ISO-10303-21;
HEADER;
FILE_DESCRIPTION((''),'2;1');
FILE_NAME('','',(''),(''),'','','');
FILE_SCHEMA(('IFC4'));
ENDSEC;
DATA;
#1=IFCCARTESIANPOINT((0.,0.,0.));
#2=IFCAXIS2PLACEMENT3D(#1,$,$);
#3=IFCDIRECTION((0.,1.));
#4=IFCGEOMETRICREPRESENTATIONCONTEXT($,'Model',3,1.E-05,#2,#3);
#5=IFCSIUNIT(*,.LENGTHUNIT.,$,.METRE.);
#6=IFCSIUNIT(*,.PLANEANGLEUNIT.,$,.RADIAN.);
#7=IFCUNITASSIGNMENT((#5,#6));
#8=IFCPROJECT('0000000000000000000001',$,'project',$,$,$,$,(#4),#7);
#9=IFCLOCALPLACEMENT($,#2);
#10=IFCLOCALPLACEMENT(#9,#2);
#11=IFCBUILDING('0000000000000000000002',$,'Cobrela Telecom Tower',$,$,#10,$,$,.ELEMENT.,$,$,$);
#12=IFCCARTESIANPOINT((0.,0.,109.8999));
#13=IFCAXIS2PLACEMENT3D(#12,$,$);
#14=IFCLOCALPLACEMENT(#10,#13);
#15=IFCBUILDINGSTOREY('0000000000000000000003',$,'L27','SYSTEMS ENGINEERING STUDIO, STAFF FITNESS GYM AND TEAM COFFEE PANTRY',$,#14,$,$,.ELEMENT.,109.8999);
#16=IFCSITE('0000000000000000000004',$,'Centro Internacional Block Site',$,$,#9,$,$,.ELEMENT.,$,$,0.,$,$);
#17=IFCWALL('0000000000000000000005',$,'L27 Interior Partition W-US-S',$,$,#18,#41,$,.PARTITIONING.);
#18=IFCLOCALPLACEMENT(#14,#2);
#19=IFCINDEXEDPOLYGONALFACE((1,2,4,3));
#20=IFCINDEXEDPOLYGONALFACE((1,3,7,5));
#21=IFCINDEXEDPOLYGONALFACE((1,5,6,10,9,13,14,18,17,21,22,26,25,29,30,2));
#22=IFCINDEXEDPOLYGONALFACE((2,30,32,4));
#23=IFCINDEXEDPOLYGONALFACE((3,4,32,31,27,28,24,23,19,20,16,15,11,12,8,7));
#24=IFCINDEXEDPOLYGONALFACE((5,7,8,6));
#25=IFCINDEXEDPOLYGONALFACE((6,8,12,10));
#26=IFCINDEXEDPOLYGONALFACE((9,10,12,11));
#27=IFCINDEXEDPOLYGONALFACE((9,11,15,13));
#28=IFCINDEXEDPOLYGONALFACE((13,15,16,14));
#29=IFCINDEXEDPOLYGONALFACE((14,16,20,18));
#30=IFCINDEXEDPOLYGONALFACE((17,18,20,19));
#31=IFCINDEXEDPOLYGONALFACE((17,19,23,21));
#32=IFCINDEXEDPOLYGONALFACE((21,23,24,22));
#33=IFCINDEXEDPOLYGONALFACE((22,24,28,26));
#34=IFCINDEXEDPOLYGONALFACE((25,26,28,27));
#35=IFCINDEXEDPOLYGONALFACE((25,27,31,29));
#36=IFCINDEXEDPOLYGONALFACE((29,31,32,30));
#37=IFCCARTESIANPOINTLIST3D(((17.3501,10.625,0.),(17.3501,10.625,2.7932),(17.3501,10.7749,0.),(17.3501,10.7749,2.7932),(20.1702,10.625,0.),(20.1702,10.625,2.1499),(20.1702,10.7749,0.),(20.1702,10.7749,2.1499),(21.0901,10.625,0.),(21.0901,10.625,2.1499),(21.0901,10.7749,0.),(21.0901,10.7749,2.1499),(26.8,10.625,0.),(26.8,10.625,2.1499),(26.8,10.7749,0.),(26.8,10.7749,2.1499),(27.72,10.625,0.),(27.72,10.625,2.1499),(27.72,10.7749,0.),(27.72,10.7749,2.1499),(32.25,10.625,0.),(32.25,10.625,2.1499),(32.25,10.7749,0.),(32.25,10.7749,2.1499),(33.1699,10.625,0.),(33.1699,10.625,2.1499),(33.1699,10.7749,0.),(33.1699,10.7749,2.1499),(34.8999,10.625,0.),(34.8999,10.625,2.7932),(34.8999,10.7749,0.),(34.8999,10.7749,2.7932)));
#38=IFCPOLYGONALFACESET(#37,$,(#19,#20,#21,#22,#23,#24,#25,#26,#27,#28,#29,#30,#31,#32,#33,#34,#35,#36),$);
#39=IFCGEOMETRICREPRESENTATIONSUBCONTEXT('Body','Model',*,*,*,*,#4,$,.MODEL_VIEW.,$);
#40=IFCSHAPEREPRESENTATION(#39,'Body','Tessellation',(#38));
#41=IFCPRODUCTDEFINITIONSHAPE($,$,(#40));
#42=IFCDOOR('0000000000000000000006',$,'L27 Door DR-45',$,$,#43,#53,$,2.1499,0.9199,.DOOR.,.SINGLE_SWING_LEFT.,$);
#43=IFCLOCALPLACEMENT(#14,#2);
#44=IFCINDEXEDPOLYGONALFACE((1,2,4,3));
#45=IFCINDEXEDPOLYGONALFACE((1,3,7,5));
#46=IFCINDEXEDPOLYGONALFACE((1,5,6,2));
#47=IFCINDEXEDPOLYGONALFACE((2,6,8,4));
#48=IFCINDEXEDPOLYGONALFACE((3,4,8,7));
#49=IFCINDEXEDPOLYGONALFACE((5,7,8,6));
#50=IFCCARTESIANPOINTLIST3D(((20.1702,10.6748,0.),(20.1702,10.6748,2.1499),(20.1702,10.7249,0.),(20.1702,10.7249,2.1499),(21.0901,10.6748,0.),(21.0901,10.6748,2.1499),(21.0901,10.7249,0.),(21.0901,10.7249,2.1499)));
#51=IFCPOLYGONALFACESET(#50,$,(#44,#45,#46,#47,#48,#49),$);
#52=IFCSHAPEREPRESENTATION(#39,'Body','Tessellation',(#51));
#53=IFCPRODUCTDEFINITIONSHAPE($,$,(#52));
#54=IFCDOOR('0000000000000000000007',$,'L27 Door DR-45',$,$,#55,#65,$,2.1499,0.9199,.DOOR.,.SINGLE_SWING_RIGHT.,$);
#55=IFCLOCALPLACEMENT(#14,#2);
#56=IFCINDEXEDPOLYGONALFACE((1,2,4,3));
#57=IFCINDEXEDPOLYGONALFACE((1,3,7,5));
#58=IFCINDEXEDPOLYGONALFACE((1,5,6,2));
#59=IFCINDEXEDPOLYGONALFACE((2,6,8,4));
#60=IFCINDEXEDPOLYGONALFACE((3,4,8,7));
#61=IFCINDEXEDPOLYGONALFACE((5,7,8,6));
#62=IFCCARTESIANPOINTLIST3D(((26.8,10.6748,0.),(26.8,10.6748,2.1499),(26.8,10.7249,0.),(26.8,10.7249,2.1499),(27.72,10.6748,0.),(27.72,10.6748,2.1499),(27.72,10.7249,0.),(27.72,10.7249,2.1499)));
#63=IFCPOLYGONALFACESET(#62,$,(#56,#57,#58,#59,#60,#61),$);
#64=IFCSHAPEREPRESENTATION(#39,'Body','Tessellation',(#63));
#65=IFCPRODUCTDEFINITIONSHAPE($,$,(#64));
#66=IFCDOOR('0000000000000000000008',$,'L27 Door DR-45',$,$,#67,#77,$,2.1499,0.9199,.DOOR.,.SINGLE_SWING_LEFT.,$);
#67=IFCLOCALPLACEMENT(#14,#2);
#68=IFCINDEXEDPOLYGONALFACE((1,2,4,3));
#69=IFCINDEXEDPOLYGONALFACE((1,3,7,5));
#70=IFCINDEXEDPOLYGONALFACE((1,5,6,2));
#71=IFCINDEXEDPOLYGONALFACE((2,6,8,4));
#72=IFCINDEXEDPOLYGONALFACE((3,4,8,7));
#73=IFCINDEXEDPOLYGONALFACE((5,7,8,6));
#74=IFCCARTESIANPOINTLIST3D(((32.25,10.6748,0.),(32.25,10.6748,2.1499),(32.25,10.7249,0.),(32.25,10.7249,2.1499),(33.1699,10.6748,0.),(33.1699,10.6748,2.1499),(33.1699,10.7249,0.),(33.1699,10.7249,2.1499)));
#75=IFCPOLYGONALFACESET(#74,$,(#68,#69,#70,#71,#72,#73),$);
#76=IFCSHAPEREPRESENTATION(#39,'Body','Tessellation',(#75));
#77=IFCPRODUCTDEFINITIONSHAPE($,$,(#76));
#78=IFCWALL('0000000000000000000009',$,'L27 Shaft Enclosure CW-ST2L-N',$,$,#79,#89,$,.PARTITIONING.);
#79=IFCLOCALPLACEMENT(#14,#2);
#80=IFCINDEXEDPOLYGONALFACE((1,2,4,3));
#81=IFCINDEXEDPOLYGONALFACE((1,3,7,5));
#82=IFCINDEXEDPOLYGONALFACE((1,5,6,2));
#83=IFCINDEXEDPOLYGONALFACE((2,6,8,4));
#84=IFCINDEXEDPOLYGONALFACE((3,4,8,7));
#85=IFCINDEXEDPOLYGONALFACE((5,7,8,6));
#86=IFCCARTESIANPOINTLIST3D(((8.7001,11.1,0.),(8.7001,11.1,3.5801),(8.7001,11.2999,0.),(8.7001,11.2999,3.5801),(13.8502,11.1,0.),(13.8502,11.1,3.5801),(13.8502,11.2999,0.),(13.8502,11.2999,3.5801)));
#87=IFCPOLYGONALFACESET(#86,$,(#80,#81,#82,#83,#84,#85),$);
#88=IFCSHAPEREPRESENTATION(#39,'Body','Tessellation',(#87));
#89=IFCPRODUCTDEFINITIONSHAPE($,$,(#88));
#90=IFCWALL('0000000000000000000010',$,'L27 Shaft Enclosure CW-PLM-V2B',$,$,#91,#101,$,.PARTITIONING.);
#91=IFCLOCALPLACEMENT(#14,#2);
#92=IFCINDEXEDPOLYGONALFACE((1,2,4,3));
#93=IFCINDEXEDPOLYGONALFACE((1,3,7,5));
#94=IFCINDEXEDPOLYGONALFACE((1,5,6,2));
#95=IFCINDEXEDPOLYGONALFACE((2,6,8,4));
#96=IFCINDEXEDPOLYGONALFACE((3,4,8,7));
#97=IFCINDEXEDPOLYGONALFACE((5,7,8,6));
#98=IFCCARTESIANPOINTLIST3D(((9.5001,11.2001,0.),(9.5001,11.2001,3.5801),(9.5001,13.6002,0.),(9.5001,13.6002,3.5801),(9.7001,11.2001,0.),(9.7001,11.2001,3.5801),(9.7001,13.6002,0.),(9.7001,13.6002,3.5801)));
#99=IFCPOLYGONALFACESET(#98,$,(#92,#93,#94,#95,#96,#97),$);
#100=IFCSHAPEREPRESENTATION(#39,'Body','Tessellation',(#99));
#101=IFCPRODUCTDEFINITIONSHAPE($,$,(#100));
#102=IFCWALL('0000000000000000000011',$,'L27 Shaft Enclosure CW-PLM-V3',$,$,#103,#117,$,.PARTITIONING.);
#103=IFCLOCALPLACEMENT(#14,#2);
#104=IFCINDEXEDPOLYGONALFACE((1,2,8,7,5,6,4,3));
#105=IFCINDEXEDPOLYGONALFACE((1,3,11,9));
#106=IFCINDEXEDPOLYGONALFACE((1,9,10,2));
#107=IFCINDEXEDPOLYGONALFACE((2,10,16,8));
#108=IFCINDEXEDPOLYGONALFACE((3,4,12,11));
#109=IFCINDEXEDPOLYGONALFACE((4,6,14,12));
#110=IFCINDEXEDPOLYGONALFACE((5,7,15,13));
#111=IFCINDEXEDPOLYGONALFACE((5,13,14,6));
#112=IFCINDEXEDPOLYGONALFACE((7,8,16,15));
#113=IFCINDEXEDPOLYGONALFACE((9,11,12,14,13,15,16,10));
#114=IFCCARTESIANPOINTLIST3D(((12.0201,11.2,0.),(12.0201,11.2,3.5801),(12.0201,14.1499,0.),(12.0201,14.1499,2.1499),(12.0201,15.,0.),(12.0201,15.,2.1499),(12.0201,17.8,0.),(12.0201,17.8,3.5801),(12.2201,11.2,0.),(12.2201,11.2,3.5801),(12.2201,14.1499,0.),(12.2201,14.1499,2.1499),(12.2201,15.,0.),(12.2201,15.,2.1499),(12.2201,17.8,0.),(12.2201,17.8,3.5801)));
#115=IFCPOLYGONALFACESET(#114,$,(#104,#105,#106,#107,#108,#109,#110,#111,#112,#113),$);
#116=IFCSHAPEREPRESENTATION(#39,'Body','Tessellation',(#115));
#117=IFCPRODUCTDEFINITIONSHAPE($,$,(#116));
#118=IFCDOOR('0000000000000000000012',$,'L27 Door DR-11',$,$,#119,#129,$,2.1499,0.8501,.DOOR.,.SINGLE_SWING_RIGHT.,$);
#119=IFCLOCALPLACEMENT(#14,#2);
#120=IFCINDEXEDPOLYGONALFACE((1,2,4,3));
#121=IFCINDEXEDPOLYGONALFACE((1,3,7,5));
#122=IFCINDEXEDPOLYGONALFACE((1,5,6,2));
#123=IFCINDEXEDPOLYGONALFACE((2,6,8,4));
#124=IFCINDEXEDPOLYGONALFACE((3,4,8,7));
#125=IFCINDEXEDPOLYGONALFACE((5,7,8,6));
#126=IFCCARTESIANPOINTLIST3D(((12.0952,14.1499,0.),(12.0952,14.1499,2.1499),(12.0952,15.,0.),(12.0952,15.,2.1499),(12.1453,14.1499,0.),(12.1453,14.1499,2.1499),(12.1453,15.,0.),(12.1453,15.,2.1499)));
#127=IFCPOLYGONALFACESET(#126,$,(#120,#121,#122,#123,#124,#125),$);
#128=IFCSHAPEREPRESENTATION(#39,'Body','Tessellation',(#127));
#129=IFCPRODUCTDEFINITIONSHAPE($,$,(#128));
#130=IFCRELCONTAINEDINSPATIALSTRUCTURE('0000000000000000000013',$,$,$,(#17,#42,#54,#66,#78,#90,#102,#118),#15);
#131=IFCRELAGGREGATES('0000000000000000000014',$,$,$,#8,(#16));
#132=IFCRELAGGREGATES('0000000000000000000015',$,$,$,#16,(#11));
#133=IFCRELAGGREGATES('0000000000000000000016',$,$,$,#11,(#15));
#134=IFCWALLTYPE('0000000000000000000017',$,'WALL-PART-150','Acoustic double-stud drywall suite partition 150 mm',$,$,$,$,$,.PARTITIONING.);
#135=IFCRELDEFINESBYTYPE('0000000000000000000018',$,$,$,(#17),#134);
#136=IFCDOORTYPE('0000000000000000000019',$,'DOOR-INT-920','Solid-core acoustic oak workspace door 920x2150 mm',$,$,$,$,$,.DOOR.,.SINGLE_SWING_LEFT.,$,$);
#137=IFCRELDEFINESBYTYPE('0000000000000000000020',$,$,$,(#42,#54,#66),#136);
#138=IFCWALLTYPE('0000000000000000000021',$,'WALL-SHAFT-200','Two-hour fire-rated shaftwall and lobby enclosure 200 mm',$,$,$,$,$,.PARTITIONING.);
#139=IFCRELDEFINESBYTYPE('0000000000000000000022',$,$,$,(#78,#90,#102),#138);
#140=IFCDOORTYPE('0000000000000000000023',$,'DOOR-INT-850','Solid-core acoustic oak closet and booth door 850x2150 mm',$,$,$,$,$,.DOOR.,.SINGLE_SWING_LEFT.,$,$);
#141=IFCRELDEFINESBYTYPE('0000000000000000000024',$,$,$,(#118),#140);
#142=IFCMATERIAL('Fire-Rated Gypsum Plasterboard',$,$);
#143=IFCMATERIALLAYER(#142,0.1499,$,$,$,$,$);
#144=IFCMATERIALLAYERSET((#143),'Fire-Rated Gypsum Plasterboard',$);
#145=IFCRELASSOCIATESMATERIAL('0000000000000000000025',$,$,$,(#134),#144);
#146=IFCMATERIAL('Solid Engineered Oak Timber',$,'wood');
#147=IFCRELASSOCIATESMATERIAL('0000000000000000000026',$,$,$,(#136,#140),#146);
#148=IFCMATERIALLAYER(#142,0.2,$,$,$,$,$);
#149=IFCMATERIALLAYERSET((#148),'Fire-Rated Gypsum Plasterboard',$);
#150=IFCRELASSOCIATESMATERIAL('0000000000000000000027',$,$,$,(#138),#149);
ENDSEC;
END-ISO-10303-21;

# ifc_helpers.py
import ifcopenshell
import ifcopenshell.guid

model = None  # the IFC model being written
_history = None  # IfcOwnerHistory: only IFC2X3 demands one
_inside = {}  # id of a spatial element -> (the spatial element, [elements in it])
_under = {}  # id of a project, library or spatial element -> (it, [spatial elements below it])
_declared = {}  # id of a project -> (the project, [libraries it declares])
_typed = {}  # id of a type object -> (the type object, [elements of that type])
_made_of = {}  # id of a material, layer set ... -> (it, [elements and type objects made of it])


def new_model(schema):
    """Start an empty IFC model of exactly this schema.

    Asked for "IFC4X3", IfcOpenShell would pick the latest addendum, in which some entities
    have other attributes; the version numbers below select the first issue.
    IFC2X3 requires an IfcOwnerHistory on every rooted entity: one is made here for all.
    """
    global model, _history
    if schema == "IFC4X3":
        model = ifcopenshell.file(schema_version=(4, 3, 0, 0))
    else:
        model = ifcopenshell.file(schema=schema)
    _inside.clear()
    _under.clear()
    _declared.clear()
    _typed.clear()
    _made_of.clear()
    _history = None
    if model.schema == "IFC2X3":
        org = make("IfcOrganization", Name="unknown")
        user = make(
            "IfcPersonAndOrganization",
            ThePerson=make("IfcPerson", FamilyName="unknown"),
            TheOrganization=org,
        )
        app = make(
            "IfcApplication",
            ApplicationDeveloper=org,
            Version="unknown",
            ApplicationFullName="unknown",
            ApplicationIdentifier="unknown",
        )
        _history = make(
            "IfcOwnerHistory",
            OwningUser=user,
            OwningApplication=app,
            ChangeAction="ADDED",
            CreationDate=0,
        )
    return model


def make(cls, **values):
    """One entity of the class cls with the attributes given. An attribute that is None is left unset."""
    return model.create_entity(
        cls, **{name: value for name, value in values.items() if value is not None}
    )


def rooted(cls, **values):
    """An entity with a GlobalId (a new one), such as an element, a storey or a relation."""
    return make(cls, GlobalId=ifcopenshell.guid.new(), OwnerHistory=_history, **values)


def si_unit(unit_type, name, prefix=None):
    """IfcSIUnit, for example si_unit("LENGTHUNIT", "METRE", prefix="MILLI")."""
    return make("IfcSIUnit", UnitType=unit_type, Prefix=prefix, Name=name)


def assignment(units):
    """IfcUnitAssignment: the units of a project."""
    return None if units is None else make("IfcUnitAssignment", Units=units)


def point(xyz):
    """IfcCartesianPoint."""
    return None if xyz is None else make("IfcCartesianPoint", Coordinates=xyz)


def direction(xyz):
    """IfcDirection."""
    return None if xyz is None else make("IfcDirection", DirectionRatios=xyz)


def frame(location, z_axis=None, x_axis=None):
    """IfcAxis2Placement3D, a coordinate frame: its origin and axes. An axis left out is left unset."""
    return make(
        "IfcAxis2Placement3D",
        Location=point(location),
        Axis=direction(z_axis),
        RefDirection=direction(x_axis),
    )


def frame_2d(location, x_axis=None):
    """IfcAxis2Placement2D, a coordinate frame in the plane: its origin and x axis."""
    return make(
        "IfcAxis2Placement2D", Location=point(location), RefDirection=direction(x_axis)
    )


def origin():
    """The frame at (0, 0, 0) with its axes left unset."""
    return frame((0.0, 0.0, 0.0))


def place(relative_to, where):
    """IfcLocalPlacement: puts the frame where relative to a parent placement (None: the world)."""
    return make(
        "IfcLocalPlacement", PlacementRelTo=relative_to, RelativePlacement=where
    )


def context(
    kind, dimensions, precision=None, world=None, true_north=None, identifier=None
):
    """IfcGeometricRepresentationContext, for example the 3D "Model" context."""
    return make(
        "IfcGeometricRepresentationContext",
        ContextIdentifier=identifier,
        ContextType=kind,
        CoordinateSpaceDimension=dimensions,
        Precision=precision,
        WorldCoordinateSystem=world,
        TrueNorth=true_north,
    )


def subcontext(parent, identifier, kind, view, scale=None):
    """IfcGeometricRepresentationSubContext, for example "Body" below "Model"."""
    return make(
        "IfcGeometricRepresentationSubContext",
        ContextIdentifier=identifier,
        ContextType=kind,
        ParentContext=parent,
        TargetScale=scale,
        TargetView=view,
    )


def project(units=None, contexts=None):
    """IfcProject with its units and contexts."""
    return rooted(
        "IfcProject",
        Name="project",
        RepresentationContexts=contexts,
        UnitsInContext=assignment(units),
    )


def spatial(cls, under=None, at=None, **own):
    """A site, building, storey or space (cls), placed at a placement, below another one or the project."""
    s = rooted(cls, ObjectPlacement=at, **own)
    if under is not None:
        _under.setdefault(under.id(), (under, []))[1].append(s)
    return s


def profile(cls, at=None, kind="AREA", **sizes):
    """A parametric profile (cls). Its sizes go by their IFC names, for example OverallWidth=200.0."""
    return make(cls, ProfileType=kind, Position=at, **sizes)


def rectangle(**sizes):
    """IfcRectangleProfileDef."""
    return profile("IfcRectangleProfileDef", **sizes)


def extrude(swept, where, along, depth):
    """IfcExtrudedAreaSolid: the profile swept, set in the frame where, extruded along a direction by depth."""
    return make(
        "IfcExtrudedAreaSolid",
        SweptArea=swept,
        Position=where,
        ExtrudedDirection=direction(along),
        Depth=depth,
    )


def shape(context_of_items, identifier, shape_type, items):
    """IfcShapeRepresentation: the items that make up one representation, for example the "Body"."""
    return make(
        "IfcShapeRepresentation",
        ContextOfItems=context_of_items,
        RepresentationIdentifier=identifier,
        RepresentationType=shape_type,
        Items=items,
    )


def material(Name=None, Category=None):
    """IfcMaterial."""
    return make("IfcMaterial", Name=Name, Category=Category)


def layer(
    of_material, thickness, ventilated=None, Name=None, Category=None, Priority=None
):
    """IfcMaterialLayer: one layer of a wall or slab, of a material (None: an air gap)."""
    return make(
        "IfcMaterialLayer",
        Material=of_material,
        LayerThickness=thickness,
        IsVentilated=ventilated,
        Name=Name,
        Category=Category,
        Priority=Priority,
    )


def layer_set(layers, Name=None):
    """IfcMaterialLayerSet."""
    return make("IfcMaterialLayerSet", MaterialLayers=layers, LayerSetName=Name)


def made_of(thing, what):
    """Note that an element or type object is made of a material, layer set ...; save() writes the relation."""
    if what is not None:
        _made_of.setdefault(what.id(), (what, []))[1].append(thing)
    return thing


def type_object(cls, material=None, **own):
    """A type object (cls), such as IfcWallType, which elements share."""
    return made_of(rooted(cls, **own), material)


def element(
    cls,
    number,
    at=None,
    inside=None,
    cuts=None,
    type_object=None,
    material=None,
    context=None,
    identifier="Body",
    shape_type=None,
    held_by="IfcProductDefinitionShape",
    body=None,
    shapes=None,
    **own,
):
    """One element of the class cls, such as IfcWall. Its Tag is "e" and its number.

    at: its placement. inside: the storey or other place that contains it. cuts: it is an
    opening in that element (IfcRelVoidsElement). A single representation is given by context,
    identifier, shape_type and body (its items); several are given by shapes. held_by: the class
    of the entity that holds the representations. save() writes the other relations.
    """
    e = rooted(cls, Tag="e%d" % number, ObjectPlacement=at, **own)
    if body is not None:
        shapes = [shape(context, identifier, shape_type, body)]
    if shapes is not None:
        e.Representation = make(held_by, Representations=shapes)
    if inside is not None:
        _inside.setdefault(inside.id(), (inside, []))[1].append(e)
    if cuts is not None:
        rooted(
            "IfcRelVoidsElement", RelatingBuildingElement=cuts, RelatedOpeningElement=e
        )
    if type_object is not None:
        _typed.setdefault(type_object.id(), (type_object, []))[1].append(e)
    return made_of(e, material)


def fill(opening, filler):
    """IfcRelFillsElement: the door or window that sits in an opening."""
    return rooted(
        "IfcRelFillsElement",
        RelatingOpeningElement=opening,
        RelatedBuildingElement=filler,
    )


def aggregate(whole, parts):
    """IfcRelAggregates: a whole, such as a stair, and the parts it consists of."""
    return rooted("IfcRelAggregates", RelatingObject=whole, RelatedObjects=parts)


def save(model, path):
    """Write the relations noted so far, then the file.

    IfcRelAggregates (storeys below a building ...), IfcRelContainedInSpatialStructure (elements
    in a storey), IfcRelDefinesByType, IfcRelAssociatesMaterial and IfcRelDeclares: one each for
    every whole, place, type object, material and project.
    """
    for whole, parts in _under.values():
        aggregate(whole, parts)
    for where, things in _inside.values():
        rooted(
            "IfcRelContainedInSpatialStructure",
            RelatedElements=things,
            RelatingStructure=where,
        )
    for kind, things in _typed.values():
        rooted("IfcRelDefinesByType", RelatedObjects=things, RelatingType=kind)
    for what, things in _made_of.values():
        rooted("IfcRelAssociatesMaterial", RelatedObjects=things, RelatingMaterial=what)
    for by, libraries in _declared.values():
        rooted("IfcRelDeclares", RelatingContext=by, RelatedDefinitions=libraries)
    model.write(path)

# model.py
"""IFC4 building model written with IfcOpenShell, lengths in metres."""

from ifc_helpers import new_model, si_unit, direction, frame, frame_2d, origin, place, context, subcontext, project, spatial, rectangle, extrude, material, layer, layer_set, type_object, element, fill, save


model = new_model("IFC4")

# Units and contexts
model_context = context("Model", 3, precision=1e-05, world=origin(), true_north=direction((0.0, 1.0)))
body_context = subcontext(model_context, "Body", "Model", "MODEL_VIEW")
ifc_project = project(units=[si_unit("LENGTHUNIT", "METRE"), si_unit("PLANEANGLEUNIT", "RADIAN")], contexts=[model_context])

# Site, building, storey
site_placement = place(None, origin())
site = spatial("IfcSite", under=ifc_project, at=site_placement, Name="Centro Internacional Block Site", CompositionType="ELEMENT", RefElevation=0.0)
building_placement = place(site_placement, origin())
building = spatial("IfcBuilding", under=site, at=building_placement, Name="Cobrela Telecom Tower", CompositionType="ELEMENT")
storey_placement = place(building_placement, frame((0.0, 0.0, 109.8999)))
storey = spatial("IfcBuildingStorey", under=building, at=storey_placement, Name="L27", Description="SYSTEMS ENGINEERING STUDIO, STAFF FITNESS GYM AND TEAM COFFEE PANTRY", CompositionType="ELEMENT", Elevation=109.8999)

# Shared definitions
ifc_material_1 = material(Name="Fire-Rated Gypsum Plasterboard")

# Wall, openings, doors
ifc_layer_1 = layer(ifc_material_1, 0.1499)
ifc_layer_set_1 = layer_set([ifc_layer_1], Name="Fire-Rated Gypsum Plasterboard")
wall_type_1 = type_object("IfcWallType", Name="WALL-PART-150", Description="Acoustic double-stud drywall suite partition 150 mm", PredefinedType="PARTITIONING", material=ifc_layer_set_1)
wall_1_placement = place(storey_placement, frame((17.3501, 10.7, 0.0), z_axis=(0.0, 0.0, 1.0), x_axis=(1.0, 0.0, 0.0)))
wall_1 = element("IfcWall", 1, at=wall_1_placement, inside=storey, type_object=wall_type_1, Name="L27 Interior Partition W-US-S", PredefinedType="PARTITIONING", context=body_context, shape_type="SweptSolid", body=[
    extrude(rectangle(XDim=17.5498, YDim=0.1499, at=frame_2d((8.7749, 0.0))), origin(), (0.0, 0.0, 1.0), 2.7932),
])
opening_1_placement = place(wall_1_placement, frame((2.8201, 0.0, 0.0)))
opening_1 = element("IfcOpeningElement", 2, at=opening_1_placement, cuts=wall_1, PredefinedType="OPENING", context=body_context, shape_type="SweptSolid", body=[
    extrude(rectangle(XDim=0.9199, YDim=2.1499, at=frame_2d((0.46, 1.075))), frame((0.0, 0.0869, 0.0), z_axis=(0.0, -1.0, 0.0), x_axis=(1.0, 0.0, 0.0)), (0.0, 0.0, 1.0), 0.1738),
])
opening_2_placement = place(wall_1_placement, frame((9.45, 0.0, 0.0)))
opening_2 = element("IfcOpeningElement", 3, at=opening_2_placement, cuts=wall_1, PredefinedType="OPENING", context=body_context, shape_type="SweptSolid", body=[
    extrude(rectangle(XDim=0.9199, YDim=2.1499, at=frame_2d((0.46, 1.075))), frame((0.0, 0.0869, 0.0), z_axis=(0.0, -1.0, 0.0), x_axis=(1.0, 0.0, 0.0)), (0.0, 0.0, 1.0), 0.1738),
])
opening_3_placement = place(wall_1_placement, frame((14.8999, 0.0, 0.0)))
opening_3 = element("IfcOpeningElement", 4, at=opening_3_placement, cuts=wall_1, PredefinedType="OPENING", context=body_context, shape_type="SweptSolid", body=[
    extrude(rectangle(XDim=0.9199, YDim=2.1499, at=frame_2d((0.46, 1.075))), frame((0.0, 0.0869, 0.0), z_axis=(0.0, -1.0, 0.0), x_axis=(1.0, 0.0, 0.0)), (0.0, 0.0, 1.0), 0.1738),
])
ifc_material_2 = material(Name="Solid Engineered Oak Timber", Category="wood")
door_type_1 = type_object("IfcDoorType", Name="DOOR-INT-920", Description="Solid-core acoustic oak workspace door 920x2150 mm", OperationType="SINGLE_SWING_LEFT", PredefinedType="DOOR", material=ifc_material_2)
door_1_placement = place(opening_1_placement, origin())
door_1 = element("IfcDoor", 5, at=door_1_placement, inside=storey, type_object=door_type_1, Name="L27 Door DR-45", OperationType="SINGLE_SWING_LEFT", OverallHeight=2.1499, OverallWidth=0.9199, PredefinedType="DOOR", context=body_context, shape_type="SweptSolid", body=[
    extrude(rectangle(XDim=0.9199, YDim=2.1499, at=frame_2d((0.46, 1.075))), frame((0.0, 0.0249, 0.0), z_axis=(0.0, -1.0, 0.0), x_axis=(1.0, 0.0, 0.0)), (0.0, 0.0, 1.0), 0.05),
])
fill(opening_1, door_1)
door_2_placement = place(opening_2_placement, origin())
door_2 = element("IfcDoor", 6, at=door_2_placement, inside=storey, type_object=door_type_1, Name="L27 Door DR-45", OperationType="SINGLE_SWING_RIGHT", OverallHeight=2.1499, OverallWidth=0.9199, PredefinedType="DOOR", context=body_context, shape_type="SweptSolid", body=[
    extrude(rectangle(XDim=0.9199, YDim=2.1499, at=frame_2d((0.46, 1.075))), frame((0.0, 0.0249, 0.0), z_axis=(0.0, -1.0, 0.0), x_axis=(1.0, 0.0, 0.0)), (0.0, 0.0, 1.0), 0.05),
])
fill(opening_2, door_2)
door_3_placement = place(opening_3_placement, origin())
door_3 = element("IfcDoor", 7, at=door_3_placement, inside=storey, type_object=door_type_1, Name="L27 Door DR-45", OperationType="SINGLE_SWING_LEFT", OverallHeight=2.1499, OverallWidth=0.9199, PredefinedType="DOOR", context=body_context, shape_type="SweptSolid", body=[
    extrude(rectangle(XDim=0.9199, YDim=2.1499, at=frame_2d((0.46, 1.075))), frame((0.0, 0.0249, 0.0), z_axis=(0.0, -1.0, 0.0), x_axis=(1.0, 0.0, 0.0)), (0.0, 0.0, 1.0), 0.05),
])
fill(opening_3, door_3)

# Walls
ifc_layer_2 = layer(ifc_material_1, 0.2)
ifc_layer_set_2 = layer_set([ifc_layer_2], Name="Fire-Rated Gypsum Plasterboard")
wall_type_2 = type_object("IfcWallType", Name="WALL-SHAFT-200", Description="Two-hour fire-rated shaftwall and lobby enclosure 200 mm", PredefinedType="PARTITIONING", material=ifc_layer_set_2)
wall_2_placement = place(storey_placement, frame((8.7, 11.2, 0.0), z_axis=(0.0, 0.0, 1.0), x_axis=(1.0, 0.0, 0.0)))
element("IfcWall", 8, at=wall_2_placement, inside=storey, type_object=wall_type_2, Name="L27 Shaft Enclosure CW-ST2L-N", PredefinedType="PARTITIONING", context=body_context, shape_type="SweptSolid", body=[
    extrude(rectangle(XDim=5.1501, YDim=0.2, at=frame_2d((2.5752, 0.0))), origin(), (0.0, 0.0, 1.0), 3.5801),
])
wall_3_placement = place(storey_placement, frame((9.6001, 11.2, 0.0), z_axis=(0.0, 0.0, 1.0), x_axis=(0.0, 1.0, 0.0)))
element("IfcWall", 9, at=wall_3_placement, inside=storey, type_object=wall_type_2, Name="L27 Shaft Enclosure CW-PLM-V2B", PredefinedType="PARTITIONING", context=body_context, shape_type="SweptSolid", body=[
    extrude(rectangle(XDim=2.4001, YDim=0.2, at=frame_2d((1.2002, 0.0))), origin(), (0.0, 0.0, 1.0), 3.5801),
])

# Wall, opening, door
wall_4_placement = place(storey_placement, frame((12.1201, 11.2, 0.0), z_axis=(0.0, 0.0, 1.0), x_axis=(0.0, 1.0, 0.0)))
wall_4 = element("IfcWall", 10, at=wall_4_placement, inside=storey, type_object=wall_type_2, Name="L27 Shaft Enclosure CW-PLM-V3", PredefinedType="PARTITIONING", context=body_context, shape_type="SweptSolid", body=[
    extrude(rectangle(XDim=6.6001, YDim=0.2, at=frame_2d((3.3, 0.0))), origin(), (0.0, 0.0, 1.0), 3.5801),
])
opening_4_placement = place(wall_4_placement, frame((2.95, 0.0, 0.0)))
opening_4 = element("IfcOpeningElement", 11, at=opening_4_placement, cuts=wall_4, PredefinedType="OPENING", context=body_context, shape_type="SweptSolid", body=[
    extrude(rectangle(XDim=0.8501, YDim=2.1499, at=frame_2d((0.425, 1.075))), frame((0.0, 0.1118, 0.0), z_axis=(0.0, -1.0, 0.0), x_axis=(1.0, 0.0, 0.0)), (0.0, 0.0, 1.0), 0.2239),
])
door_type_2 = type_object("IfcDoorType", Name="DOOR-INT-850", Description="Solid-core acoustic oak closet and booth door 850x2150 mm", OperationType="SINGLE_SWING_LEFT", PredefinedType="DOOR", material=ifc_material_2)
door_4_placement = place(opening_4_placement, origin())
door_4 = element("IfcDoor", 12, at=door_4_placement, inside=storey, type_object=door_type_2, Name="L27 Door DR-11", OperationType="SINGLE_SWING_RIGHT", OverallHeight=2.1499, OverallWidth=0.8501, PredefinedType="DOOR", context=body_context, shape_type="SweptSolid", body=[
    extrude(rectangle(XDim=0.8501, YDim=2.1499, at=frame_2d((0.425, 1.075))), frame((0.0, 0.0249, 0.0), z_axis=(0.0, -1.0, 0.0), x_axis=(1.0, 0.0, 0.0)), (0.0, 0.0, 1.0), 0.05),
])
fill(opening_4, door_4)

save(model, "model.ifc")
